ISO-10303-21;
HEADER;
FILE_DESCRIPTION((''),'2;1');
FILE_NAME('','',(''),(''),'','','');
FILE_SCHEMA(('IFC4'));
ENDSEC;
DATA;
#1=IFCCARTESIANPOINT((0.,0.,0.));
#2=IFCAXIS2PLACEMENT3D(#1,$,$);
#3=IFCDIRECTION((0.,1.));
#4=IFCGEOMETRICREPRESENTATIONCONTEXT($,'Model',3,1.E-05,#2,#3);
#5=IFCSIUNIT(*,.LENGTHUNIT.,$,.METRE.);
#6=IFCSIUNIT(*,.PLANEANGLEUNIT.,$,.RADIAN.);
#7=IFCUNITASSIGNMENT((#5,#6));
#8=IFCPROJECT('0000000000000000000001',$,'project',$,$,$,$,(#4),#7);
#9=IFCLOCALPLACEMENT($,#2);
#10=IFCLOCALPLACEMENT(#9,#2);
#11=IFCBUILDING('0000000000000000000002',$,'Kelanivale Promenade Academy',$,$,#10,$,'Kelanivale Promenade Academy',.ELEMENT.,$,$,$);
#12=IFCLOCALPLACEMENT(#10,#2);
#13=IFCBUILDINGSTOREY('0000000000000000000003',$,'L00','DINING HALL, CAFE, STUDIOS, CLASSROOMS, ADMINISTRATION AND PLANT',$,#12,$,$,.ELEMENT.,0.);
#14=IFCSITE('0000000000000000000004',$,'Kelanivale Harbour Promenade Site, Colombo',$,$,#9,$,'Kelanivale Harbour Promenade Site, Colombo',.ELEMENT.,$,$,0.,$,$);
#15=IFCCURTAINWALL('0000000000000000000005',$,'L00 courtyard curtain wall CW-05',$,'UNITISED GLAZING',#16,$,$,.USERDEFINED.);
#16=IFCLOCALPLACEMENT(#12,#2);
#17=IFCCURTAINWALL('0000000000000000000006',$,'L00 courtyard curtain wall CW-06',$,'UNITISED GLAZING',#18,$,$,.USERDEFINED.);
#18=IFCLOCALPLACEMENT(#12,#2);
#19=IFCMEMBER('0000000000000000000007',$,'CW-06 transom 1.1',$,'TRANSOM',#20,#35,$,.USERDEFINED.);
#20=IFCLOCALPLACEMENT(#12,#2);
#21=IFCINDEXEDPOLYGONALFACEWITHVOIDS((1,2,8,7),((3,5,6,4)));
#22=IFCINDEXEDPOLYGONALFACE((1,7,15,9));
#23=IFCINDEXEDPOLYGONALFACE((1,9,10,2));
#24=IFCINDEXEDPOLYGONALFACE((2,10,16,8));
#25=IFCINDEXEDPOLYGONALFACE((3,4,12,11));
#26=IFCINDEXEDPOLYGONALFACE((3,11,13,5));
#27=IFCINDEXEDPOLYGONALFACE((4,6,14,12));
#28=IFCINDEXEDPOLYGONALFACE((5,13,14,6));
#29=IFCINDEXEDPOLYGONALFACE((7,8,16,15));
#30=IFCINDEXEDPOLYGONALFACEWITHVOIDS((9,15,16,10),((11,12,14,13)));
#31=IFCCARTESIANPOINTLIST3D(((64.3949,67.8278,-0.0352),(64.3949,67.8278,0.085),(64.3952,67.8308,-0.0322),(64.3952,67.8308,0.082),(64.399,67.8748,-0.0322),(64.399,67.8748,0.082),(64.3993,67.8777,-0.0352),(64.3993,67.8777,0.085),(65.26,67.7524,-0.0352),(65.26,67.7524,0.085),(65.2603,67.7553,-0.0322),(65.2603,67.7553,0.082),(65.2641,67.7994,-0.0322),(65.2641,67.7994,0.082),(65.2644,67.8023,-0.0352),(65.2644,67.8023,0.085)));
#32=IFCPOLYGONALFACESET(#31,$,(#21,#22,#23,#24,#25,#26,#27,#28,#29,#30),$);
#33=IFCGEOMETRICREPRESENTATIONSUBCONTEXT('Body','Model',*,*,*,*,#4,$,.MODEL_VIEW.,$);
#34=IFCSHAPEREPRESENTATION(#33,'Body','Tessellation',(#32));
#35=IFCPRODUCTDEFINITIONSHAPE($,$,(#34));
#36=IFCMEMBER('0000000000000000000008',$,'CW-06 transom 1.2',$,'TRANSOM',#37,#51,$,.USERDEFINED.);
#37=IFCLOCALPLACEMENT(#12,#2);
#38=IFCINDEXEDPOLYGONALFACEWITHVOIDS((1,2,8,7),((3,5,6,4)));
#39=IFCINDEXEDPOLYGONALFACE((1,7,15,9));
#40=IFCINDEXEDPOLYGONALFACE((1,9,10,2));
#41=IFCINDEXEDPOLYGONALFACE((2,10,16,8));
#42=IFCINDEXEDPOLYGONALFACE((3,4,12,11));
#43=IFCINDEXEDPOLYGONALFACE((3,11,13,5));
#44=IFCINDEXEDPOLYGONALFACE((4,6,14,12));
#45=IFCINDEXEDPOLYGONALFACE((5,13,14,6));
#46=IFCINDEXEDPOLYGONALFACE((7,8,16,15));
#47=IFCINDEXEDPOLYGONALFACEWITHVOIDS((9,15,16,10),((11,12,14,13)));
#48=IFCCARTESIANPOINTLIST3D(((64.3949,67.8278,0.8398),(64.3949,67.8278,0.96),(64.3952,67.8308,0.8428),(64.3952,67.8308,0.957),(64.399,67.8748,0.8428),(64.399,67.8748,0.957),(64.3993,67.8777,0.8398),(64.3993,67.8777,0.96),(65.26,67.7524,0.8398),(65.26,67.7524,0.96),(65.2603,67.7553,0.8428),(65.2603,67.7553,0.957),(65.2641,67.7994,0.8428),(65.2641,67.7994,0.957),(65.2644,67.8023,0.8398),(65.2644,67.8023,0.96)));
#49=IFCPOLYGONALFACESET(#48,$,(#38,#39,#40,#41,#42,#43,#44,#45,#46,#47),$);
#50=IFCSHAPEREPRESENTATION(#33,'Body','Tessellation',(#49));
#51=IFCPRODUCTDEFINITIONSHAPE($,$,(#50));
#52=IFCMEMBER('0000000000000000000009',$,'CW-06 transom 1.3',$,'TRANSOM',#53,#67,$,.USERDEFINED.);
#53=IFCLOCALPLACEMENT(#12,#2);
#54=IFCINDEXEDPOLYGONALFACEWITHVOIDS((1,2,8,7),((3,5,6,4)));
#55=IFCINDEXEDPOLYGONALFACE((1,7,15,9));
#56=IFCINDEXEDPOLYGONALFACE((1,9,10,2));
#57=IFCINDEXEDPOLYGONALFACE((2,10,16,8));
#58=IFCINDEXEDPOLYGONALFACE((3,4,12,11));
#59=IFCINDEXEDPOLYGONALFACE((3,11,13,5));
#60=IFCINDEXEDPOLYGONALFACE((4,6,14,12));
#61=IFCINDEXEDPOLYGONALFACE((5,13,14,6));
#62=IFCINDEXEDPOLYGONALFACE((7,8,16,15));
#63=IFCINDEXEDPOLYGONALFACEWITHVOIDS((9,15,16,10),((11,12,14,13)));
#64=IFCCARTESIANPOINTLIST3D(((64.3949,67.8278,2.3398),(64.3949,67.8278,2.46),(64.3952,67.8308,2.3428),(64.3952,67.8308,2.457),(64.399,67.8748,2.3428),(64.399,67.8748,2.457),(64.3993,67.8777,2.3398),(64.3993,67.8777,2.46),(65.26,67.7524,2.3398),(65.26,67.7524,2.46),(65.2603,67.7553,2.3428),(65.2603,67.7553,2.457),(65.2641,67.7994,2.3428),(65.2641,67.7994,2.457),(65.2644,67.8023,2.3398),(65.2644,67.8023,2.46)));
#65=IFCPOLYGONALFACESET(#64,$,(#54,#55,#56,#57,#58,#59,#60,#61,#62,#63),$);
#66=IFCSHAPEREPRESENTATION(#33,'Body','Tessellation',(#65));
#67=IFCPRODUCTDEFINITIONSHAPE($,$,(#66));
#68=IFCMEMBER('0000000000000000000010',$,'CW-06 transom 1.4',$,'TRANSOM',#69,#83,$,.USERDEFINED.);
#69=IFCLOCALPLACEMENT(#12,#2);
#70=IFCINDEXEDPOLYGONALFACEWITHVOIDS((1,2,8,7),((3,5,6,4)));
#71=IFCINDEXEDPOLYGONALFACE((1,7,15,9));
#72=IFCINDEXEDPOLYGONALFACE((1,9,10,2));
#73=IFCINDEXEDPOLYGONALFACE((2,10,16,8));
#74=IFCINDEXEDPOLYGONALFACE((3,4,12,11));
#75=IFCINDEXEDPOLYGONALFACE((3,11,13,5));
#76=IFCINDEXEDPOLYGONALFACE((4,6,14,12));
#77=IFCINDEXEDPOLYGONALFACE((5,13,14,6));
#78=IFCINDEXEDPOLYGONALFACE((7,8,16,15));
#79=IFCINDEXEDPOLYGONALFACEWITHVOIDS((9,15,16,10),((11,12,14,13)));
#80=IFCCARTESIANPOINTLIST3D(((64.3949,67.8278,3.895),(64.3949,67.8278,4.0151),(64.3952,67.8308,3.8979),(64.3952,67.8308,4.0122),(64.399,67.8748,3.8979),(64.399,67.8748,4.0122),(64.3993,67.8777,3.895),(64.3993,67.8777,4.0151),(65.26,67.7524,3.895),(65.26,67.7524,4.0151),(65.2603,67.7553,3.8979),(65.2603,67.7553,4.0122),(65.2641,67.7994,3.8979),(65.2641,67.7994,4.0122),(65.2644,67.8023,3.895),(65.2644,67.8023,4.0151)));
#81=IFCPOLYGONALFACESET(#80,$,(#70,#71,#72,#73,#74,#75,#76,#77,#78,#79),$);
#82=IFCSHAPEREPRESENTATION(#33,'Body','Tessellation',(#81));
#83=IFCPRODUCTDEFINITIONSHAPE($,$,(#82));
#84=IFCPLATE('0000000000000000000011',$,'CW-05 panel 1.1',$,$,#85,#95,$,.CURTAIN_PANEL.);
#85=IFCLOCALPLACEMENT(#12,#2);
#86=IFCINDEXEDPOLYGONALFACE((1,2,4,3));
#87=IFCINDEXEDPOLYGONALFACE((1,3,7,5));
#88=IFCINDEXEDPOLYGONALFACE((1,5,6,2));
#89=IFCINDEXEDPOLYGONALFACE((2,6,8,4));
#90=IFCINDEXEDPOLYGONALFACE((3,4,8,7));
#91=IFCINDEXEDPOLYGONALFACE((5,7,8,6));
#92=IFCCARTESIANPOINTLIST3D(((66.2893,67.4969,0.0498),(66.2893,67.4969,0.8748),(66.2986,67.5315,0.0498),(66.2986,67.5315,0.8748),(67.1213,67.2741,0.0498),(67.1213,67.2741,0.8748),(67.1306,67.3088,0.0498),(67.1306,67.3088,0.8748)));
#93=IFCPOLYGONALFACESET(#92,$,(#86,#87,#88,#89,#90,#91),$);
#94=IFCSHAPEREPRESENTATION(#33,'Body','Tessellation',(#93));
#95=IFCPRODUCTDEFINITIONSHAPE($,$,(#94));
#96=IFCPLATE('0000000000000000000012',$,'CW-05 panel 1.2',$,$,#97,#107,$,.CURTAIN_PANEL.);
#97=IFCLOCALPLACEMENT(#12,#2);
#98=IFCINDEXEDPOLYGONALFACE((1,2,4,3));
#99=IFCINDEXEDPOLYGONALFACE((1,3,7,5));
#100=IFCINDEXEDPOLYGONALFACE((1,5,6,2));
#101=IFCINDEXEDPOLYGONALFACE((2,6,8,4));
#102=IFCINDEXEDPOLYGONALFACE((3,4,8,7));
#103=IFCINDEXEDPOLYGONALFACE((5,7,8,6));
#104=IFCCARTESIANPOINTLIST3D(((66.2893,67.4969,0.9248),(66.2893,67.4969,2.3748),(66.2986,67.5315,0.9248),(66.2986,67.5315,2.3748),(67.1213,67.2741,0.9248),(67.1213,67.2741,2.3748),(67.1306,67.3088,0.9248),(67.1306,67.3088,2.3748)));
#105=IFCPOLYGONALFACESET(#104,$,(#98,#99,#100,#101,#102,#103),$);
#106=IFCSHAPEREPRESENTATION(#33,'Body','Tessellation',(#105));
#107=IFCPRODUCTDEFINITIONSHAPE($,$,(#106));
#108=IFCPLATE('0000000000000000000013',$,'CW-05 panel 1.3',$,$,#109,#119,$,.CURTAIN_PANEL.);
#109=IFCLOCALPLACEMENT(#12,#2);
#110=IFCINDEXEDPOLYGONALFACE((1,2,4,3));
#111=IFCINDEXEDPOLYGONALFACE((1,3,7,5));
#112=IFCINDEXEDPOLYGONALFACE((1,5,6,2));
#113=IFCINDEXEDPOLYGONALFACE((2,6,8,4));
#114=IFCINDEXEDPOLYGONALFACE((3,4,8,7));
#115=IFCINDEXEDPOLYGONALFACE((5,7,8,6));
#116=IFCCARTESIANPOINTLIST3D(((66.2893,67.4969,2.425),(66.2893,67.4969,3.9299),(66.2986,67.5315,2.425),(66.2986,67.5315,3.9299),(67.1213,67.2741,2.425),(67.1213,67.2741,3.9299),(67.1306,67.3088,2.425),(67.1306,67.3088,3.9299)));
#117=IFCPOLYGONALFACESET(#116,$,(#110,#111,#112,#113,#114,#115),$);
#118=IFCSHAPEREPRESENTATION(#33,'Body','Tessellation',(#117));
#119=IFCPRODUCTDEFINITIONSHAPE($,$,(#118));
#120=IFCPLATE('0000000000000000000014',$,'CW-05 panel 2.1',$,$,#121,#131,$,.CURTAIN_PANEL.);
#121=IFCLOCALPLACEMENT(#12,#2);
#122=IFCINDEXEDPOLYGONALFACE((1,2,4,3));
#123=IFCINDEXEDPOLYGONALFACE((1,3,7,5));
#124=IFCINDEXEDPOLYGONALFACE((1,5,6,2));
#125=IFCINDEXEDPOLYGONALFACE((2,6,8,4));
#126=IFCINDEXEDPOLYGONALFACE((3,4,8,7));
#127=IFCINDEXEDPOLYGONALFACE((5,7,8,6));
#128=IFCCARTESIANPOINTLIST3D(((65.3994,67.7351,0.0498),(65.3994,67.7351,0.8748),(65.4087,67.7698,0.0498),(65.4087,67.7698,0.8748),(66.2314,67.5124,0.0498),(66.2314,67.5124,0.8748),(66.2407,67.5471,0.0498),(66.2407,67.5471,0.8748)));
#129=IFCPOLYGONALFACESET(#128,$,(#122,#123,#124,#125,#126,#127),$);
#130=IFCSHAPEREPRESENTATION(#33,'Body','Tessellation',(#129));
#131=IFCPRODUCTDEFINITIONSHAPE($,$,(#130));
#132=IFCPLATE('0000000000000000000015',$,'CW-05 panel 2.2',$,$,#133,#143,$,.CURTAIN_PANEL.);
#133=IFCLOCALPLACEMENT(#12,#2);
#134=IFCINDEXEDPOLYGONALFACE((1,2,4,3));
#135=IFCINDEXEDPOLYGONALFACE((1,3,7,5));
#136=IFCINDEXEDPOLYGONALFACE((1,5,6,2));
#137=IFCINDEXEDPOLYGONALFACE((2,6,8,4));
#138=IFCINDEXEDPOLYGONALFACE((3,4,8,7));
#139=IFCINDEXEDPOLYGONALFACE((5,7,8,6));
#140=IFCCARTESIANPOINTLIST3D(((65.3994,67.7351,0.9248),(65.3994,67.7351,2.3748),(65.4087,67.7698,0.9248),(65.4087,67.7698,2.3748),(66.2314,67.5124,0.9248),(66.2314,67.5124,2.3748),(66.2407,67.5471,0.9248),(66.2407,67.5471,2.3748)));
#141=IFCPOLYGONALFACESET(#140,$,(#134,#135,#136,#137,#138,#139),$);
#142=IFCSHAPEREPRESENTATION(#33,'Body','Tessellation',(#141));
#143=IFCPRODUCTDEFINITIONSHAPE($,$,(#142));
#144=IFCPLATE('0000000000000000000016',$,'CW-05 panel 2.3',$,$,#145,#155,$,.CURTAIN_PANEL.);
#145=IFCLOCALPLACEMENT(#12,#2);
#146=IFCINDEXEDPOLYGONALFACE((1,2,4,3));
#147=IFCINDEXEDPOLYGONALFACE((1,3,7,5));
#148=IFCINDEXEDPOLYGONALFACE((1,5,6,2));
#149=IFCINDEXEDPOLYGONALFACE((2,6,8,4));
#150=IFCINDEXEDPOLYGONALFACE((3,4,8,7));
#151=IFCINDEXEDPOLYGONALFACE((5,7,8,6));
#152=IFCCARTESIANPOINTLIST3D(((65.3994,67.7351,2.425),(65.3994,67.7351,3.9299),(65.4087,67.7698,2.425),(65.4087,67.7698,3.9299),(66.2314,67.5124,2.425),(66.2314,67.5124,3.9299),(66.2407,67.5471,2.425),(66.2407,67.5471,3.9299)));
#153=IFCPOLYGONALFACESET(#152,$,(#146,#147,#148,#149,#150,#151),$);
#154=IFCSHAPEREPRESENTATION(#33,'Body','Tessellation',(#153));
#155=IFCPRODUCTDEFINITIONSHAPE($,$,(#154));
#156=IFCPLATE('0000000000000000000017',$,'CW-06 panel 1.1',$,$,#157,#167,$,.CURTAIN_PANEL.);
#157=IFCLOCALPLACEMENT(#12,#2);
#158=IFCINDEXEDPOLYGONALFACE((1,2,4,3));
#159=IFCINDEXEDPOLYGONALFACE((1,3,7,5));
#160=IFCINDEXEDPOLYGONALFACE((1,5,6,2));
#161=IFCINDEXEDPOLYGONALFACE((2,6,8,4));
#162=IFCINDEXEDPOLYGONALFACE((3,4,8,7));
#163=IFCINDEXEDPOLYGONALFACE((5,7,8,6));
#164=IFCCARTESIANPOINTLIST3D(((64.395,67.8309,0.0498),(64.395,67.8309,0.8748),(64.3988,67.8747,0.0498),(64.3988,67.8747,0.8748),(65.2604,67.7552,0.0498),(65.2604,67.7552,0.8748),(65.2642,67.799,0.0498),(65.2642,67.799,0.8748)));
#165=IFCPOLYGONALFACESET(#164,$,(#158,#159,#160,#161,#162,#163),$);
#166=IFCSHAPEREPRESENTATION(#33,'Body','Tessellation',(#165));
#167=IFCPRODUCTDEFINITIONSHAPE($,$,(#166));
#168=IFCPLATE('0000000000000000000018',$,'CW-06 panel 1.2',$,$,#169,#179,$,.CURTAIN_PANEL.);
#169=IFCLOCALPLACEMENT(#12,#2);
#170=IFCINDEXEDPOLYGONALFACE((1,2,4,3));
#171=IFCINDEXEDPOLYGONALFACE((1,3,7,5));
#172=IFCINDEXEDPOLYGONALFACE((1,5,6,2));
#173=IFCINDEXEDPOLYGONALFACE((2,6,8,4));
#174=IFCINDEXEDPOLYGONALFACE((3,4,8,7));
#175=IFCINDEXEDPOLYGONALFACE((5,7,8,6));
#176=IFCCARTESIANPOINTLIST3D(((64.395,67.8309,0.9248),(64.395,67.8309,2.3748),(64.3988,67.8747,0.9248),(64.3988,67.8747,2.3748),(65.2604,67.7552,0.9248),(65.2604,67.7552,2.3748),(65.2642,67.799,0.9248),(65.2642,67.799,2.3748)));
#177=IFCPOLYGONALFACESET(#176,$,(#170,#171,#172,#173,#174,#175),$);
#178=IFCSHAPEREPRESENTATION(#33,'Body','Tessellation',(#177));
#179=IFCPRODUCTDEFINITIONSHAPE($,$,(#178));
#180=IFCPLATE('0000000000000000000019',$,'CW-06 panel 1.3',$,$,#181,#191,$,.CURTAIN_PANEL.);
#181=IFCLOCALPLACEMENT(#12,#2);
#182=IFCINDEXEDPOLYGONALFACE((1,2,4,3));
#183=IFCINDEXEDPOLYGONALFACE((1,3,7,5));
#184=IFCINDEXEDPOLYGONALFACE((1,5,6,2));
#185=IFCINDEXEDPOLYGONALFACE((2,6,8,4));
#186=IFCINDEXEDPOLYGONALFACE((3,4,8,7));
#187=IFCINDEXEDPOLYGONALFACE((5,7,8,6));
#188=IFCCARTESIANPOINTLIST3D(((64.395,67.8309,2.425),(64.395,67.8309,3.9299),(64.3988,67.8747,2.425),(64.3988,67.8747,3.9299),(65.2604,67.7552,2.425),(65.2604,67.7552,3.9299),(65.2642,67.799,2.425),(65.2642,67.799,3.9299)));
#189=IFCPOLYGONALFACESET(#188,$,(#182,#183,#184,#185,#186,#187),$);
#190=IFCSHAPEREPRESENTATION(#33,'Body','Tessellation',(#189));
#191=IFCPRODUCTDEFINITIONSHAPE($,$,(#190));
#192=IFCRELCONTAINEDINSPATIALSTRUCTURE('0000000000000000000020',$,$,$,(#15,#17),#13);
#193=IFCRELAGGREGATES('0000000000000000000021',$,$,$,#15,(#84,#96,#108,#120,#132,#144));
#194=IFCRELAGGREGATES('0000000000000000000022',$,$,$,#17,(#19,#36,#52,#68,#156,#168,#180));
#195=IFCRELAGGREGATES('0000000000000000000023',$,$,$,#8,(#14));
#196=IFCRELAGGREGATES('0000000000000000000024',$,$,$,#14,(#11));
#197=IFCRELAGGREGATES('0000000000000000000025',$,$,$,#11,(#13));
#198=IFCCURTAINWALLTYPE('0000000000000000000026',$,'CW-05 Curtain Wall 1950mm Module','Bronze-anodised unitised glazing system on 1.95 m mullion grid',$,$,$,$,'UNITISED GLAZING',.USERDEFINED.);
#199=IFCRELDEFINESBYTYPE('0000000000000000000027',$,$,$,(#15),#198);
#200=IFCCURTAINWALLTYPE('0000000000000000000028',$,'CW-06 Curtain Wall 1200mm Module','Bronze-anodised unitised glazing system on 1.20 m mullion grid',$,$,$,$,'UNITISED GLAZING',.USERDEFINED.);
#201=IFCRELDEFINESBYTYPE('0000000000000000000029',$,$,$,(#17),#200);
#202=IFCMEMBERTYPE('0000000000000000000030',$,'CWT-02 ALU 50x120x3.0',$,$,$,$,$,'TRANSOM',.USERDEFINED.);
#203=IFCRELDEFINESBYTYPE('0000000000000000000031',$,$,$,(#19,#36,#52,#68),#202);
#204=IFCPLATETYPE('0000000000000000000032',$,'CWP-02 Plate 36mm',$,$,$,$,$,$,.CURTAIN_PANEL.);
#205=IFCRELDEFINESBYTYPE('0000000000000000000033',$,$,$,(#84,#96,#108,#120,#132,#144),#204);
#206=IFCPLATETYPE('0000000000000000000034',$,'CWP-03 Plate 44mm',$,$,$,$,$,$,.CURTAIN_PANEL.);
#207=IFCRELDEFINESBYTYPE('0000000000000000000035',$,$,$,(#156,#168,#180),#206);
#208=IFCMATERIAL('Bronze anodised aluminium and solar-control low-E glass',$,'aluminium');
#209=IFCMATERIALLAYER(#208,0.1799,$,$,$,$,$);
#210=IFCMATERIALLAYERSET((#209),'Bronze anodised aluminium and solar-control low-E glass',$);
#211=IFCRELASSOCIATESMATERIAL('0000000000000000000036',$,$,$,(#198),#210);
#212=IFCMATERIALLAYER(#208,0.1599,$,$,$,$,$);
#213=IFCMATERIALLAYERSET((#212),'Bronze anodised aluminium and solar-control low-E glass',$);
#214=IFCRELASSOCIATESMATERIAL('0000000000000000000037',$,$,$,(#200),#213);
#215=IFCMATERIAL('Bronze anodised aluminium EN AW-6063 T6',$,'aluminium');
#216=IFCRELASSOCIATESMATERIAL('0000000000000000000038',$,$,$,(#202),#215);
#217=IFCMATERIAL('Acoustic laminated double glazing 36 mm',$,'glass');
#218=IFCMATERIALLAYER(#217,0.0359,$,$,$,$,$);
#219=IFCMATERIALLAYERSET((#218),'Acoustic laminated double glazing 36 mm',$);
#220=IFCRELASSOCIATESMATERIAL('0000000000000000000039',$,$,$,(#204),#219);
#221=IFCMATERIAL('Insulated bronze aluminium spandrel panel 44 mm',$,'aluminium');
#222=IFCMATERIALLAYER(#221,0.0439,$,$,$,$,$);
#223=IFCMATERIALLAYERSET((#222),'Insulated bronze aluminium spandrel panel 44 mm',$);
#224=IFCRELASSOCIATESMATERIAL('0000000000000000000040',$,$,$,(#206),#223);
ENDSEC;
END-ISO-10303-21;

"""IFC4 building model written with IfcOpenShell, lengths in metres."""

from ifc_helpers import new_model, si_unit, direction, frame, origin, origin_2d, place, context, subcontext, project, spatial, rectangle, hollow_rectangle, extrude, material, layer, layer_set, material_profile, profile_set, type_object, element, aggregate, save


model = new_model("IFC4")

# Units and contexts
model_context = context("Model", 3, precision=1e-05, world=origin(), true_north=direction((0.0, 1.0)))
body_context = subcontext(model_context, "Body", "Model", "MODEL_VIEW")
ifc_project = project(units=[si_unit("LENGTHUNIT", "METRE"), si_unit("PLANEANGLEUNIT", "RADIAN")], contexts=[model_context])

# Site, building, storey
site_placement = place(None, origin())
site = spatial("IfcSite", under=ifc_project, at=site_placement, Name="Kelanivale Harbour Promenade Site, Colombo", LongName="Kelanivale Harbour Promenade Site, Colombo", CompositionType="ELEMENT", RefElevation=0.0)
building_placement = place(site_placement, origin())
building = spatial("IfcBuilding", under=site, at=building_placement, Name="Kelanivale Promenade Academy", LongName="Kelanivale Promenade Academy", CompositionType="ELEMENT")
storey_placement = place(building_placement, origin())
storey = spatial("IfcBuildingStorey", under=building, at=storey_placement, Name="L00", Description="DINING HALL, CAFE, STUDIOS, CLASSROOMS, ADMINISTRATION AND PLANT", CompositionType="ELEMENT", Elevation=0.0)

# Curtain wall
ifc_material_1 = material(Name="Bronze anodised aluminium and solar-control low-E glass", Category="aluminium")
ifc_layer_1 = layer(ifc_material_1, 0.1799)
ifc_layer_set_1 = layer_set([ifc_layer_1], Name="Bronze anodised aluminium and solar-control low-E glass")
curtain_wall_type_1 = type_object("IfcCurtainWallType", Name="CW-05 Curtain Wall 1950mm Module", Description="Bronze-anodised unitised glazing system on 1.95 m mullion grid", ElementType="UNITISED GLAZING", PredefinedType="USERDEFINED", material=ifc_layer_set_1)
curtain_wall_1_placement = place(storey_placement, origin())
curtain_wall_1 = element("IfcCurtainWall", 1, at=curtain_wall_1_placement, inside=storey, type_object=curtain_wall_type_1, Name="L00 courtyard curtain wall CW-05", ObjectType="UNITISED GLAZING", PredefinedType="USERDEFINED")
ifc_material_2 = material(Name="Bronze anodised aluminium EN AW-6063 T6", Category="aluminium")

# Curtain wall
ifc_layer_2 = layer(ifc_material_1, 0.1599)
ifc_layer_set_2 = layer_set([ifc_layer_2], Name="Bronze anodised aluminium and solar-control low-E glass")
curtain_wall_type_2 = type_object("IfcCurtainWallType", Name="CW-06 Curtain Wall 1200mm Module", Description="Bronze-anodised unitised glazing system on 1.20 m mullion grid", ElementType="UNITISED GLAZING", PredefinedType="USERDEFINED", material=ifc_layer_set_2)
curtain_wall_2_placement = place(storey_placement, origin())
curtain_wall_2 = element("IfcCurtainWall", 2, at=curtain_wall_2_placement, inside=storey, type_object=curtain_wall_type_2, Name="L00 courtyard curtain wall CW-06", ObjectType="UNITISED GLAZING", PredefinedType="USERDEFINED")

# Members
ifc_material_profile_1 = material_profile(ifc_material_2, hollow_rectangle(XDim=0.05, YDim=0.1201, WallThickness=0.0029, at=origin_2d()), Name="ALU 50x120x3.0")
ifc_profile_set_1 = profile_set([ifc_material_profile_1], Name="Bronze anodised aluminium EN AW-6063 T6")
member_type_1 = type_object("IfcMemberType", Name="CWT-02 ALU 50x120x3.0", ElementType="TRANSOM", PredefinedType="USERDEFINED", material=ifc_profile_set_1)
member_1_placement = place(storey_placement, frame((65.2622, 67.7773, 0.0249), z_axis=(-0.996221, 0.08686, 0.0), x_axis=(-0.08686, -0.996221, 0.0)))
member_1 = element("IfcMember", 3, at=member_1_placement, type_object=member_type_1, Name="CW-06 transom 1.1", ObjectType="TRANSOM", PredefinedType="USERDEFINED", context=body_context, shape_type="SweptSolid", body=[
    extrude(hollow_rectangle(XDim=0.05, YDim=0.1201, WallThickness=0.0029, at=origin_2d()), origin(), (0.0, 0.0, 1.0), 0.8684),
])
member_2_placement = place(storey_placement, frame((65.2622, 67.7773, 0.8999), z_axis=(-0.996221, 0.08686, 0.0), x_axis=(-0.08686, -0.996221, 0.0)))
member_2 = element("IfcMember", 4, at=member_2_placement, type_object=member_type_1, Name="CW-06 transom 1.2", ObjectType="TRANSOM", PredefinedType="USERDEFINED", context=body_context, shape_type="SweptSolid", body=[
    extrude(hollow_rectangle(XDim=0.05, YDim=0.1201, WallThickness=0.0029, at=origin_2d()), origin(), (0.0, 0.0, 1.0), 0.8684),
])
member_3_placement = place(storey_placement, frame((65.2622, 67.7773, 2.3999), z_axis=(-0.996221, 0.08686, 0.0), x_axis=(-0.08686, -0.996221, 0.0)))
member_3 = element("IfcMember", 5, at=member_3_placement, type_object=member_type_1, Name="CW-06 transom 1.3", ObjectType="TRANSOM", PredefinedType="USERDEFINED", context=body_context, shape_type="SweptSolid", body=[
    extrude(hollow_rectangle(XDim=0.05, YDim=0.1201, WallThickness=0.0029, at=origin_2d()), origin(), (0.0, 0.0, 1.0), 0.8684),
])
member_4_placement = place(storey_placement, frame((65.2622, 67.7773, 3.9551), z_axis=(-0.996221, 0.08686, 0.0), x_axis=(-0.08686, -0.996221, 0.0)))
member_4 = element("IfcMember", 6, at=member_4_placement, type_object=member_type_1, Name="CW-06 transom 1.4", ObjectType="TRANSOM", PredefinedType="USERDEFINED", context=body_context, shape_type="SweptSolid", body=[
    extrude(hollow_rectangle(XDim=0.05, YDim=0.1201, WallThickness=0.0029, at=origin_2d()), origin(), (0.0, 0.0, 1.0), 0.8684),
])

# Plates
ifc_material_3 = material(Name="Acoustic laminated double glazing 36 mm", Category="glass")
ifc_layer_3 = layer(ifc_material_3, 0.0359)
ifc_layer_set_3 = layer_set([ifc_layer_3], Name="Acoustic laminated double glazing 36 mm")
plate_type_1 = type_object("IfcPlateType", Name="CWP-02 Plate 36mm", PredefinedType="CURTAIN_PANEL", material=ifc_layer_set_3)
plate_1_placement = place(storey_placement, frame((66.71, 67.4028, 0.0498), z_axis=(0.0, 0.0, 1.0), x_axis=(-0.96599, 0.258578, 0.0)))
plate_1 = element("IfcPlate", 7, at=plate_1_placement, type_object=plate_type_1, Name="CW-05 panel 1.1", PredefinedType="CURTAIN_PANEL", context=body_context, shape_type="SweptSolid", body=[
    extrude(rectangle(XDim=0.8613, YDim=0.0359, at=origin_2d()), origin(), (0.0, 0.0, 1.0), 0.825),
])
plate_2_placement = place(storey_placement, frame((66.71, 67.4028, 0.9248), z_axis=(0.0, 0.0, 1.0), x_axis=(-0.96599, 0.258578, 0.0)))
plate_2 = element("IfcPlate", 8, at=plate_2_placement, type_object=plate_type_1, Name="CW-05 panel 1.2", PredefinedType="CURTAIN_PANEL", context=body_context, shape_type="SweptSolid", body=[
    extrude(rectangle(XDim=0.8613, YDim=0.0359, at=origin_2d()), origin(), (0.0, 0.0, 1.0), 1.45),
])
plate_3_placement = place(storey_placement, frame((66.71, 67.4028, 2.425), z_axis=(0.0, 0.0, 1.0), x_axis=(-0.96599, 0.258578, 0.0)))
plate_3 = element("IfcPlate", 9, at=plate_3_placement, type_object=plate_type_1, Name="CW-05 panel 1.3", PredefinedType="CURTAIN_PANEL", context=body_context, shape_type="SweptSolid", body=[
    extrude(rectangle(XDim=0.8613, YDim=0.0359, at=origin_2d()), origin(), (0.0, 0.0, 1.0), 1.5049),
])
plate_4_placement = place(storey_placement, frame((65.8201, 67.6411, 0.0498), z_axis=(0.0, 0.0, 1.0), x_axis=(-0.96599, 0.258578, 0.0)))
plate_4 = element("IfcPlate", 10, at=plate_4_placement, type_object=plate_type_1, Name="CW-05 panel 2.1", PredefinedType="CURTAIN_PANEL", context=body_context, shape_type="SweptSolid", body=[
    extrude(rectangle(XDim=0.8613, YDim=0.0359, at=origin_2d()), origin(), (0.0, 0.0, 1.0), 0.825),
])
plate_5_placement = place(storey_placement, frame((65.8201, 67.6411, 0.9248), z_axis=(0.0, 0.0, 1.0), x_axis=(-0.96599, 0.258578, 0.0)))
plate_5 = element("IfcPlate", 11, at=plate_5_placement, type_object=plate_type_1, Name="CW-05 panel 2.2", PredefinedType="CURTAIN_PANEL", context=body_context, shape_type="SweptSolid", body=[
    extrude(rectangle(XDim=0.8613, YDim=0.0359, at=origin_2d()), origin(), (0.0, 0.0, 1.0), 1.45),
])
plate_6_placement = place(storey_placement, frame((65.8201, 67.6411, 2.425), z_axis=(0.0, 0.0, 1.0), x_axis=(-0.96599, 0.258578, 0.0)))
plate_6 = element("IfcPlate", 12, at=plate_6_placement, type_object=plate_type_1, Name="CW-05 panel 2.3", PredefinedType="CURTAIN_PANEL", context=body_context, shape_type="SweptSolid", body=[
    extrude(rectangle(XDim=0.8613, YDim=0.0359, at=origin_2d()), origin(), (0.0, 0.0, 1.0), 1.5049),
])
aggregate(curtain_wall_1, [plate_1, plate_2, plate_3, plate_4, plate_5, plate_6])
ifc_material_4 = material(Name="Insulated bronze aluminium spandrel panel 44 mm", Category="aluminium")
ifc_layer_4 = layer(ifc_material_4, 0.0439)
ifc_layer_set_4 = layer_set([ifc_layer_4], Name="Insulated bronze aluminium spandrel panel 44 mm")
plate_type_2 = type_object("IfcPlateType", Name="CWP-03 Plate 44mm", PredefinedType="CURTAIN_PANEL", material=ifc_layer_set_4)
plate_7_placement = place(storey_placement, frame((64.8296, 67.8149, 0.0498), z_axis=(0.0, 0.0, 1.0), x_axis=(-0.996199, 0.087102, 0.0)))
plate_7 = element("IfcPlate", 13, at=plate_7_placement, type_object=plate_type_2, Name="CW-06 panel 1.1", PredefinedType="CURTAIN_PANEL", context=body_context, shape_type="SweptSolid", body=[
    extrude(rectangle(XDim=0.8687, YDim=0.0439, at=origin_2d()), origin(), (0.0, 0.0, 1.0), 0.825),
])
plate_8_placement = place(storey_placement, frame((64.8296, 67.8149, 0.9248), z_axis=(0.0, 0.0, 1.0), x_axis=(-0.996199, 0.087102, 0.0)))
plate_8 = element("IfcPlate", 14, at=plate_8_placement, type_object=plate_type_2, Name="CW-06 panel 1.2", PredefinedType="CURTAIN_PANEL", context=body_context, shape_type="SweptSolid", body=[
    extrude(rectangle(XDim=0.8687, YDim=0.0439, at=origin_2d()), origin(), (0.0, 0.0, 1.0), 1.45),
])
plate_9_placement = place(storey_placement, frame((64.8296, 67.8149, 2.425), z_axis=(0.0, 0.0, 1.0), x_axis=(-0.996199, 0.087102, 0.0)))
plate_9 = element("IfcPlate", 15, at=plate_9_placement, type_object=plate_type_2, Name="CW-06 panel 1.3", PredefinedType="CURTAIN_PANEL", context=body_context, shape_type="SweptSolid", body=[
    extrude(rectangle(XDim=0.8687, YDim=0.0439, at=origin_2d()), origin(), (0.0, 0.0, 1.0), 1.5049),
])
aggregate(curtain_wall_2, [member_1, member_2, member_3, member_4, plate_7, plate_8, plate_9])

save(model, "model.ifc")
